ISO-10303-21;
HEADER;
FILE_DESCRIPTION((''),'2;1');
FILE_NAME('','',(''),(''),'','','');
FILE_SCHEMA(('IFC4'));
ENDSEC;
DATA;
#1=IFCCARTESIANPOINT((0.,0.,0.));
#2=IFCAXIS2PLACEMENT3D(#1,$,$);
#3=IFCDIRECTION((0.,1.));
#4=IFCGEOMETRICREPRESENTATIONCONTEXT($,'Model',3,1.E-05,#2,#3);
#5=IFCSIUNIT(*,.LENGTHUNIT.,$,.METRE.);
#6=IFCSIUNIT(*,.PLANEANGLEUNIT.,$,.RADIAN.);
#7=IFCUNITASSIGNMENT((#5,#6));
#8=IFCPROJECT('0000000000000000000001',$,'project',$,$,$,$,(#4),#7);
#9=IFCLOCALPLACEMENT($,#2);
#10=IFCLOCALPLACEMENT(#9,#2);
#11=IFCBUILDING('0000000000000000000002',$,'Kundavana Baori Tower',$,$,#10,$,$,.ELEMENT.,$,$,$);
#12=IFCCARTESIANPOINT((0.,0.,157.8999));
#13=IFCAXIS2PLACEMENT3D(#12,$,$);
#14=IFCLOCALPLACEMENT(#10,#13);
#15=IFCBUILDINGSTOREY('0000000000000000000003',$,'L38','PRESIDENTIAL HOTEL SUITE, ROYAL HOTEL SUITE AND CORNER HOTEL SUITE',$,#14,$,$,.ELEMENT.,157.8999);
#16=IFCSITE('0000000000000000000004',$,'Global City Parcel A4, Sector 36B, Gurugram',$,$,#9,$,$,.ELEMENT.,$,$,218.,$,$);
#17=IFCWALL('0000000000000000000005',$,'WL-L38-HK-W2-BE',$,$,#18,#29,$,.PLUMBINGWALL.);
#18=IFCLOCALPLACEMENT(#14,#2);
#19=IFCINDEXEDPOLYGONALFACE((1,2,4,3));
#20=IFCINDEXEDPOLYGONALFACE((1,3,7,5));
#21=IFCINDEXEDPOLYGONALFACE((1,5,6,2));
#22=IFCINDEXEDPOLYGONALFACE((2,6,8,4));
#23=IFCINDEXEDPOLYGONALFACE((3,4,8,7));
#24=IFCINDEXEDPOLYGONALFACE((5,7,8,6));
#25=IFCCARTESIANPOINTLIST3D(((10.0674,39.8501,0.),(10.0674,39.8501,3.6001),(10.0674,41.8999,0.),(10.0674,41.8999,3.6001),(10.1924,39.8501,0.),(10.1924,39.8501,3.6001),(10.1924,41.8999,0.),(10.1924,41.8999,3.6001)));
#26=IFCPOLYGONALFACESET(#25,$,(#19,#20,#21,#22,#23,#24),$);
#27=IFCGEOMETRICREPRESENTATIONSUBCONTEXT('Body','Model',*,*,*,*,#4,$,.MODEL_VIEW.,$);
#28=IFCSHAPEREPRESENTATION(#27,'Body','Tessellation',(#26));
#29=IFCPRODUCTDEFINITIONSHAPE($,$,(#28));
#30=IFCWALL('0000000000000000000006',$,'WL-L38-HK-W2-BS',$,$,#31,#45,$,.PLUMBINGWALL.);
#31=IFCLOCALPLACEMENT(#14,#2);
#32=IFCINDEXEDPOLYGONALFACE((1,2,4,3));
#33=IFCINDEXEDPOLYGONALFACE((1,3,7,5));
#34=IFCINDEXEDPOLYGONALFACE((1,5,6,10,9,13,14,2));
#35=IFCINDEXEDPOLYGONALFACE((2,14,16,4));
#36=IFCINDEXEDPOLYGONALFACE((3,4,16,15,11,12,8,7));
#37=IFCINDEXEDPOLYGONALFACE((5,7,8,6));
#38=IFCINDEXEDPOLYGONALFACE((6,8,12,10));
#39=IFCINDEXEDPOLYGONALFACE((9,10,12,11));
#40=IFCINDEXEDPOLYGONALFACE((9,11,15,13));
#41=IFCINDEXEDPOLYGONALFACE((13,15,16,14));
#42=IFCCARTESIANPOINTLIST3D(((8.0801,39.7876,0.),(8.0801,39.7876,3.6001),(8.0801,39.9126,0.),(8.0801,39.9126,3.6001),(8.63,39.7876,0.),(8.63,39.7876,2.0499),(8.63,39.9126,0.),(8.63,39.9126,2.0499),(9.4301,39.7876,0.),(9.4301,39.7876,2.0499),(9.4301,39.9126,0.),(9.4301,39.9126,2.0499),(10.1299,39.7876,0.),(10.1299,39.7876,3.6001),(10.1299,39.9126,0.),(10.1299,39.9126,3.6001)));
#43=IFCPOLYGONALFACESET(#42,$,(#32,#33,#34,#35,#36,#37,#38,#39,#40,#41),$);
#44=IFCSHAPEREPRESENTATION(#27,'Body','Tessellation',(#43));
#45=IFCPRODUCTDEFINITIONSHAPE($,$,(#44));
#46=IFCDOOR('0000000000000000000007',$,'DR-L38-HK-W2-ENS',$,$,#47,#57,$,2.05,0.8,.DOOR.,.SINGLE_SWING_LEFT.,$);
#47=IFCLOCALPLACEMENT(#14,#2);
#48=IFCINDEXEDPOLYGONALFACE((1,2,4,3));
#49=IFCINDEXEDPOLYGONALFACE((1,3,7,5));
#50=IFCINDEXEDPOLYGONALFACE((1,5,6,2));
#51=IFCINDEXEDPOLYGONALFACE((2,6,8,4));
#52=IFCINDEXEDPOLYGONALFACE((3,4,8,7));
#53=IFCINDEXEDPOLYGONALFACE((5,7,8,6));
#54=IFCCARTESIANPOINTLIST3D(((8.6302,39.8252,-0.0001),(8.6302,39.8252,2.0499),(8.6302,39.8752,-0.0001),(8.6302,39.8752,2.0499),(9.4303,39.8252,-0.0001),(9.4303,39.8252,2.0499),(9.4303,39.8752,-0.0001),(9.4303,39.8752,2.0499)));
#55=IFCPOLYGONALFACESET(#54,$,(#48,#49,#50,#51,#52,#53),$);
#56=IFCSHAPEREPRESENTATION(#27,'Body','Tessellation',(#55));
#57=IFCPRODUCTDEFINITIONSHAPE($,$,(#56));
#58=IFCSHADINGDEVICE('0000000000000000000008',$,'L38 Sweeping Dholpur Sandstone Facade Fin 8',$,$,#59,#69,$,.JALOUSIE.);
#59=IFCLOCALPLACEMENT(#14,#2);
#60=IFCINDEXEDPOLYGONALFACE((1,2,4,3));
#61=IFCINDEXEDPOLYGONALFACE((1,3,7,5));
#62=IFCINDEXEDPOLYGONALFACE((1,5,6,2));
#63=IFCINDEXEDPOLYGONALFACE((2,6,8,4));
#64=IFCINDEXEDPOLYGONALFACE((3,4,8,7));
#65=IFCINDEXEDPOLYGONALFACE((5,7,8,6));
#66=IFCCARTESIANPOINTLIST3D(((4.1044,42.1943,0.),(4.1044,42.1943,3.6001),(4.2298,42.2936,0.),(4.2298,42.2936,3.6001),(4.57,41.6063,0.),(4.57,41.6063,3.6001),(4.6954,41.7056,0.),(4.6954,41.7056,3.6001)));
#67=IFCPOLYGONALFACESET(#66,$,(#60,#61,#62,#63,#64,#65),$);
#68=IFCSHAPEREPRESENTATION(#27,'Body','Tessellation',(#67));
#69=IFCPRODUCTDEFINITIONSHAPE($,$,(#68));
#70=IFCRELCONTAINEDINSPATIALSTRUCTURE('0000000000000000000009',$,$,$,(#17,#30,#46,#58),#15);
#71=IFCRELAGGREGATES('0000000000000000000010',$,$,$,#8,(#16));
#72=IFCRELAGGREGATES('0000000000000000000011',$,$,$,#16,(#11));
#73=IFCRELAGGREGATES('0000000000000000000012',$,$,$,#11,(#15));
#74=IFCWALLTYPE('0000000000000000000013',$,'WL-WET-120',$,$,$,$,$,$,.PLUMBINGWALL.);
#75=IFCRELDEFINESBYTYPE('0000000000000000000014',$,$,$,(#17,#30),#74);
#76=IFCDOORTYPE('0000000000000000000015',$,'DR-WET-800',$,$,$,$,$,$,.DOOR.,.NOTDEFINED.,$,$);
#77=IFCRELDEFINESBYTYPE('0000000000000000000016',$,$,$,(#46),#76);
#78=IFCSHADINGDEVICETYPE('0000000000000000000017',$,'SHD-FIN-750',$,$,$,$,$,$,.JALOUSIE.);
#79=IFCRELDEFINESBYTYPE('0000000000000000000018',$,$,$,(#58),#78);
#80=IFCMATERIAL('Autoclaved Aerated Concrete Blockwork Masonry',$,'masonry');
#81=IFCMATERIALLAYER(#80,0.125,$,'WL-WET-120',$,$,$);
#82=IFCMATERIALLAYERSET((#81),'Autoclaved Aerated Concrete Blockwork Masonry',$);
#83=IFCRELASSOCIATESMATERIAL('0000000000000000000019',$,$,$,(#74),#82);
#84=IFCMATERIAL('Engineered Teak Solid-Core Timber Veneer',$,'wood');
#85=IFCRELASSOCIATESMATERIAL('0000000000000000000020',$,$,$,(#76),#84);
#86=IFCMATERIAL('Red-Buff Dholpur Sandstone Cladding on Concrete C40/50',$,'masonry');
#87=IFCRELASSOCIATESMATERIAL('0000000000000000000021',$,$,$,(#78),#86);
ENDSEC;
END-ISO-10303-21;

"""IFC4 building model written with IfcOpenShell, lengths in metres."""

from ifc_helpers import new_model, si_unit, direction, frame, frame_2d, origin, origin_2d, place, context, subcontext, project, spatial, rectangle, extrude, material, layer, layer_set, type_object, element, fill, save


model = new_model("IFC4")

# Units and contexts
model_context = context("Model", 3, precision=1e-05, world=origin(), true_north=direction((0.0, 1.0)))
body_context = subcontext(model_context, "Body", "Model", "MODEL_VIEW")
ifc_project = project(units=[si_unit("LENGTHUNIT", "METRE"), si_unit("PLANEANGLEUNIT", "RADIAN")], contexts=[model_context])

# Site, building, storey
site_placement = place(None, origin())
site = spatial("IfcSite", under=ifc_project, at=site_placement, Name="Global City Parcel A4, Sector 36B, Gurugram", CompositionType="ELEMENT", RefElevation=218.0)
building_placement = place(site_placement, origin())
building = spatial("IfcBuilding", under=site, at=building_placement, Name="Kundavana Baori Tower", CompositionType="ELEMENT")
storey_placement = place(building_placement, frame((0.0, 0.0, 157.8999)))
storey = spatial("IfcBuildingStorey", under=building, at=storey_placement, Name="L38", Description="PRESIDENTIAL HOTEL SUITE, ROYAL HOTEL SUITE AND CORNER HOTEL SUITE", CompositionType="ELEMENT", Elevation=157.8999)

# Wall
ifc_material_1 = material(Name="Autoclaved Aerated Concrete Blockwork Masonry", Category="masonry")
ifc_layer_1 = layer(ifc_material_1, 0.125, Name="WL-WET-120")
ifc_layer_set_1 = layer_set([ifc_layer_1], Name="Autoclaved Aerated Concrete Blockwork Masonry")
wall_type_1 = type_object("IfcWallType", Name="WL-WET-120", PredefinedType="PLUMBINGWALL", material=ifc_layer_set_1)
wall_1_placement = place(storey_placement, frame((10.1299, 39.8501, 0.0), z_axis=(0.0, 0.0, 1.0), x_axis=(0.0, 1.0, 0.0)))
element("IfcWall", 1, at=wall_1_placement, inside=storey, type_object=wall_type_1, Name="WL-L38-HK-W2-BE", PredefinedType="PLUMBINGWALL", context=body_context, shape_type="SweptSolid", body=[
    extrude(rectangle(XDim=2.0498, YDim=0.125, at=frame_2d((1.0249, 0.0))), origin(), (0.0, 0.0, 1.0), 3.6001),
])

# Wall, opening, door
wall_2_placement = place(storey_placement, frame((8.0801, 39.8501, 0.0), z_axis=(0.0, 0.0, 1.0), x_axis=(1.0, 0.0, 0.0)))
wall_2 = element("IfcWall", 2, at=wall_2_placement, inside=storey, type_object=wall_type_1, Name="WL-L38-HK-W2-BS", PredefinedType="PLUMBINGWALL", context=body_context, shape_type="SweptSolid", body=[
    extrude(rectangle(XDim=2.0498, YDim=0.125, at=frame_2d((1.0249, 0.0))), origin(), (0.0, 0.0, 1.0), 3.6001),
])
opening_1_placement = place(wall_2_placement, frame((0.55, 0.0, 0.0)))
opening_1 = element("IfcOpeningElement", 3, at=opening_1_placement, cuts=wall_2, PredefinedType="OPENING", context=body_context, shape_type="SweptSolid", body=[
    extrude(rectangle(XDim=0.8, YDim=2.05, at=frame_2d((0.3999, 1.0249))), frame((0.0, 0.0725, 0.0), z_axis=(0.0, -1.0, 0.0), x_axis=(1.0, 0.0, 0.0)), (0.0, 0.0, 1.0), 0.145),
])
ifc_material_2 = material(Name="Engineered Teak Solid-Core Timber Veneer", Category="wood")
door_type_1 = type_object("IfcDoorType", Name="DR-WET-800", OperationType="NOTDEFINED", PredefinedType="DOOR", material=ifc_material_2)
door_1_placement = place(opening_1_placement, frame((0.8, 0.0, 0.0), z_axis=(0.0, 0.0, 1.0), x_axis=(-1.0, 0.0, 0.0)))
door_1 = element("IfcDoor", 4, at=door_1_placement, inside=storey, type_object=door_type_1, Name="DR-L38-HK-W2-ENS", OperationType="SINGLE_SWING_LEFT", OverallHeight=2.05, OverallWidth=0.8, PredefinedType="DOOR", context=body_context, shape_type="SweptSolid", body=[
    extrude(rectangle(XDim=0.8, YDim=2.05, at=frame_2d((0.3999, 1.0249))), frame((0.0, 0.0249, 0.0), z_axis=(0.0, -1.0, 0.0), x_axis=(1.0, 0.0, 0.0)), (0.0, 0.0, 1.0), 0.05),
])
fill(opening_1, door_1)

# Shading device
ifc_material_3 = material(Name="Red-Buff Dholpur Sandstone Cladding on Concrete C40/50", Category="masonry")
shading_device_type = type_object("IfcShadingDeviceType", Name="SHD-FIN-750", PredefinedType="JALOUSIE", material=ifc_material_3)
shading_device_placement = place(storey_placement, frame((4.3999, 41.95, 0.0), z_axis=(0.0, 0.0, 1.0), x_axis=(0.784019, 0.620737, 0.0)))
element("IfcShadingDevice", 5, at=shading_device_placement, inside=storey, type_object=shading_device_type, Name="L38 Sweeping Dholpur Sandstone Facade Fin 8", PredefinedType="JALOUSIE", context=body_context, shape_type="SweptSolid", body=[
    extrude(rectangle(XDim=0.1599, YDim=0.75, at=origin_2d()), origin(), (0.0, 0.0, 1.0), 3.6001),
])

save(model, "model.ifc")
